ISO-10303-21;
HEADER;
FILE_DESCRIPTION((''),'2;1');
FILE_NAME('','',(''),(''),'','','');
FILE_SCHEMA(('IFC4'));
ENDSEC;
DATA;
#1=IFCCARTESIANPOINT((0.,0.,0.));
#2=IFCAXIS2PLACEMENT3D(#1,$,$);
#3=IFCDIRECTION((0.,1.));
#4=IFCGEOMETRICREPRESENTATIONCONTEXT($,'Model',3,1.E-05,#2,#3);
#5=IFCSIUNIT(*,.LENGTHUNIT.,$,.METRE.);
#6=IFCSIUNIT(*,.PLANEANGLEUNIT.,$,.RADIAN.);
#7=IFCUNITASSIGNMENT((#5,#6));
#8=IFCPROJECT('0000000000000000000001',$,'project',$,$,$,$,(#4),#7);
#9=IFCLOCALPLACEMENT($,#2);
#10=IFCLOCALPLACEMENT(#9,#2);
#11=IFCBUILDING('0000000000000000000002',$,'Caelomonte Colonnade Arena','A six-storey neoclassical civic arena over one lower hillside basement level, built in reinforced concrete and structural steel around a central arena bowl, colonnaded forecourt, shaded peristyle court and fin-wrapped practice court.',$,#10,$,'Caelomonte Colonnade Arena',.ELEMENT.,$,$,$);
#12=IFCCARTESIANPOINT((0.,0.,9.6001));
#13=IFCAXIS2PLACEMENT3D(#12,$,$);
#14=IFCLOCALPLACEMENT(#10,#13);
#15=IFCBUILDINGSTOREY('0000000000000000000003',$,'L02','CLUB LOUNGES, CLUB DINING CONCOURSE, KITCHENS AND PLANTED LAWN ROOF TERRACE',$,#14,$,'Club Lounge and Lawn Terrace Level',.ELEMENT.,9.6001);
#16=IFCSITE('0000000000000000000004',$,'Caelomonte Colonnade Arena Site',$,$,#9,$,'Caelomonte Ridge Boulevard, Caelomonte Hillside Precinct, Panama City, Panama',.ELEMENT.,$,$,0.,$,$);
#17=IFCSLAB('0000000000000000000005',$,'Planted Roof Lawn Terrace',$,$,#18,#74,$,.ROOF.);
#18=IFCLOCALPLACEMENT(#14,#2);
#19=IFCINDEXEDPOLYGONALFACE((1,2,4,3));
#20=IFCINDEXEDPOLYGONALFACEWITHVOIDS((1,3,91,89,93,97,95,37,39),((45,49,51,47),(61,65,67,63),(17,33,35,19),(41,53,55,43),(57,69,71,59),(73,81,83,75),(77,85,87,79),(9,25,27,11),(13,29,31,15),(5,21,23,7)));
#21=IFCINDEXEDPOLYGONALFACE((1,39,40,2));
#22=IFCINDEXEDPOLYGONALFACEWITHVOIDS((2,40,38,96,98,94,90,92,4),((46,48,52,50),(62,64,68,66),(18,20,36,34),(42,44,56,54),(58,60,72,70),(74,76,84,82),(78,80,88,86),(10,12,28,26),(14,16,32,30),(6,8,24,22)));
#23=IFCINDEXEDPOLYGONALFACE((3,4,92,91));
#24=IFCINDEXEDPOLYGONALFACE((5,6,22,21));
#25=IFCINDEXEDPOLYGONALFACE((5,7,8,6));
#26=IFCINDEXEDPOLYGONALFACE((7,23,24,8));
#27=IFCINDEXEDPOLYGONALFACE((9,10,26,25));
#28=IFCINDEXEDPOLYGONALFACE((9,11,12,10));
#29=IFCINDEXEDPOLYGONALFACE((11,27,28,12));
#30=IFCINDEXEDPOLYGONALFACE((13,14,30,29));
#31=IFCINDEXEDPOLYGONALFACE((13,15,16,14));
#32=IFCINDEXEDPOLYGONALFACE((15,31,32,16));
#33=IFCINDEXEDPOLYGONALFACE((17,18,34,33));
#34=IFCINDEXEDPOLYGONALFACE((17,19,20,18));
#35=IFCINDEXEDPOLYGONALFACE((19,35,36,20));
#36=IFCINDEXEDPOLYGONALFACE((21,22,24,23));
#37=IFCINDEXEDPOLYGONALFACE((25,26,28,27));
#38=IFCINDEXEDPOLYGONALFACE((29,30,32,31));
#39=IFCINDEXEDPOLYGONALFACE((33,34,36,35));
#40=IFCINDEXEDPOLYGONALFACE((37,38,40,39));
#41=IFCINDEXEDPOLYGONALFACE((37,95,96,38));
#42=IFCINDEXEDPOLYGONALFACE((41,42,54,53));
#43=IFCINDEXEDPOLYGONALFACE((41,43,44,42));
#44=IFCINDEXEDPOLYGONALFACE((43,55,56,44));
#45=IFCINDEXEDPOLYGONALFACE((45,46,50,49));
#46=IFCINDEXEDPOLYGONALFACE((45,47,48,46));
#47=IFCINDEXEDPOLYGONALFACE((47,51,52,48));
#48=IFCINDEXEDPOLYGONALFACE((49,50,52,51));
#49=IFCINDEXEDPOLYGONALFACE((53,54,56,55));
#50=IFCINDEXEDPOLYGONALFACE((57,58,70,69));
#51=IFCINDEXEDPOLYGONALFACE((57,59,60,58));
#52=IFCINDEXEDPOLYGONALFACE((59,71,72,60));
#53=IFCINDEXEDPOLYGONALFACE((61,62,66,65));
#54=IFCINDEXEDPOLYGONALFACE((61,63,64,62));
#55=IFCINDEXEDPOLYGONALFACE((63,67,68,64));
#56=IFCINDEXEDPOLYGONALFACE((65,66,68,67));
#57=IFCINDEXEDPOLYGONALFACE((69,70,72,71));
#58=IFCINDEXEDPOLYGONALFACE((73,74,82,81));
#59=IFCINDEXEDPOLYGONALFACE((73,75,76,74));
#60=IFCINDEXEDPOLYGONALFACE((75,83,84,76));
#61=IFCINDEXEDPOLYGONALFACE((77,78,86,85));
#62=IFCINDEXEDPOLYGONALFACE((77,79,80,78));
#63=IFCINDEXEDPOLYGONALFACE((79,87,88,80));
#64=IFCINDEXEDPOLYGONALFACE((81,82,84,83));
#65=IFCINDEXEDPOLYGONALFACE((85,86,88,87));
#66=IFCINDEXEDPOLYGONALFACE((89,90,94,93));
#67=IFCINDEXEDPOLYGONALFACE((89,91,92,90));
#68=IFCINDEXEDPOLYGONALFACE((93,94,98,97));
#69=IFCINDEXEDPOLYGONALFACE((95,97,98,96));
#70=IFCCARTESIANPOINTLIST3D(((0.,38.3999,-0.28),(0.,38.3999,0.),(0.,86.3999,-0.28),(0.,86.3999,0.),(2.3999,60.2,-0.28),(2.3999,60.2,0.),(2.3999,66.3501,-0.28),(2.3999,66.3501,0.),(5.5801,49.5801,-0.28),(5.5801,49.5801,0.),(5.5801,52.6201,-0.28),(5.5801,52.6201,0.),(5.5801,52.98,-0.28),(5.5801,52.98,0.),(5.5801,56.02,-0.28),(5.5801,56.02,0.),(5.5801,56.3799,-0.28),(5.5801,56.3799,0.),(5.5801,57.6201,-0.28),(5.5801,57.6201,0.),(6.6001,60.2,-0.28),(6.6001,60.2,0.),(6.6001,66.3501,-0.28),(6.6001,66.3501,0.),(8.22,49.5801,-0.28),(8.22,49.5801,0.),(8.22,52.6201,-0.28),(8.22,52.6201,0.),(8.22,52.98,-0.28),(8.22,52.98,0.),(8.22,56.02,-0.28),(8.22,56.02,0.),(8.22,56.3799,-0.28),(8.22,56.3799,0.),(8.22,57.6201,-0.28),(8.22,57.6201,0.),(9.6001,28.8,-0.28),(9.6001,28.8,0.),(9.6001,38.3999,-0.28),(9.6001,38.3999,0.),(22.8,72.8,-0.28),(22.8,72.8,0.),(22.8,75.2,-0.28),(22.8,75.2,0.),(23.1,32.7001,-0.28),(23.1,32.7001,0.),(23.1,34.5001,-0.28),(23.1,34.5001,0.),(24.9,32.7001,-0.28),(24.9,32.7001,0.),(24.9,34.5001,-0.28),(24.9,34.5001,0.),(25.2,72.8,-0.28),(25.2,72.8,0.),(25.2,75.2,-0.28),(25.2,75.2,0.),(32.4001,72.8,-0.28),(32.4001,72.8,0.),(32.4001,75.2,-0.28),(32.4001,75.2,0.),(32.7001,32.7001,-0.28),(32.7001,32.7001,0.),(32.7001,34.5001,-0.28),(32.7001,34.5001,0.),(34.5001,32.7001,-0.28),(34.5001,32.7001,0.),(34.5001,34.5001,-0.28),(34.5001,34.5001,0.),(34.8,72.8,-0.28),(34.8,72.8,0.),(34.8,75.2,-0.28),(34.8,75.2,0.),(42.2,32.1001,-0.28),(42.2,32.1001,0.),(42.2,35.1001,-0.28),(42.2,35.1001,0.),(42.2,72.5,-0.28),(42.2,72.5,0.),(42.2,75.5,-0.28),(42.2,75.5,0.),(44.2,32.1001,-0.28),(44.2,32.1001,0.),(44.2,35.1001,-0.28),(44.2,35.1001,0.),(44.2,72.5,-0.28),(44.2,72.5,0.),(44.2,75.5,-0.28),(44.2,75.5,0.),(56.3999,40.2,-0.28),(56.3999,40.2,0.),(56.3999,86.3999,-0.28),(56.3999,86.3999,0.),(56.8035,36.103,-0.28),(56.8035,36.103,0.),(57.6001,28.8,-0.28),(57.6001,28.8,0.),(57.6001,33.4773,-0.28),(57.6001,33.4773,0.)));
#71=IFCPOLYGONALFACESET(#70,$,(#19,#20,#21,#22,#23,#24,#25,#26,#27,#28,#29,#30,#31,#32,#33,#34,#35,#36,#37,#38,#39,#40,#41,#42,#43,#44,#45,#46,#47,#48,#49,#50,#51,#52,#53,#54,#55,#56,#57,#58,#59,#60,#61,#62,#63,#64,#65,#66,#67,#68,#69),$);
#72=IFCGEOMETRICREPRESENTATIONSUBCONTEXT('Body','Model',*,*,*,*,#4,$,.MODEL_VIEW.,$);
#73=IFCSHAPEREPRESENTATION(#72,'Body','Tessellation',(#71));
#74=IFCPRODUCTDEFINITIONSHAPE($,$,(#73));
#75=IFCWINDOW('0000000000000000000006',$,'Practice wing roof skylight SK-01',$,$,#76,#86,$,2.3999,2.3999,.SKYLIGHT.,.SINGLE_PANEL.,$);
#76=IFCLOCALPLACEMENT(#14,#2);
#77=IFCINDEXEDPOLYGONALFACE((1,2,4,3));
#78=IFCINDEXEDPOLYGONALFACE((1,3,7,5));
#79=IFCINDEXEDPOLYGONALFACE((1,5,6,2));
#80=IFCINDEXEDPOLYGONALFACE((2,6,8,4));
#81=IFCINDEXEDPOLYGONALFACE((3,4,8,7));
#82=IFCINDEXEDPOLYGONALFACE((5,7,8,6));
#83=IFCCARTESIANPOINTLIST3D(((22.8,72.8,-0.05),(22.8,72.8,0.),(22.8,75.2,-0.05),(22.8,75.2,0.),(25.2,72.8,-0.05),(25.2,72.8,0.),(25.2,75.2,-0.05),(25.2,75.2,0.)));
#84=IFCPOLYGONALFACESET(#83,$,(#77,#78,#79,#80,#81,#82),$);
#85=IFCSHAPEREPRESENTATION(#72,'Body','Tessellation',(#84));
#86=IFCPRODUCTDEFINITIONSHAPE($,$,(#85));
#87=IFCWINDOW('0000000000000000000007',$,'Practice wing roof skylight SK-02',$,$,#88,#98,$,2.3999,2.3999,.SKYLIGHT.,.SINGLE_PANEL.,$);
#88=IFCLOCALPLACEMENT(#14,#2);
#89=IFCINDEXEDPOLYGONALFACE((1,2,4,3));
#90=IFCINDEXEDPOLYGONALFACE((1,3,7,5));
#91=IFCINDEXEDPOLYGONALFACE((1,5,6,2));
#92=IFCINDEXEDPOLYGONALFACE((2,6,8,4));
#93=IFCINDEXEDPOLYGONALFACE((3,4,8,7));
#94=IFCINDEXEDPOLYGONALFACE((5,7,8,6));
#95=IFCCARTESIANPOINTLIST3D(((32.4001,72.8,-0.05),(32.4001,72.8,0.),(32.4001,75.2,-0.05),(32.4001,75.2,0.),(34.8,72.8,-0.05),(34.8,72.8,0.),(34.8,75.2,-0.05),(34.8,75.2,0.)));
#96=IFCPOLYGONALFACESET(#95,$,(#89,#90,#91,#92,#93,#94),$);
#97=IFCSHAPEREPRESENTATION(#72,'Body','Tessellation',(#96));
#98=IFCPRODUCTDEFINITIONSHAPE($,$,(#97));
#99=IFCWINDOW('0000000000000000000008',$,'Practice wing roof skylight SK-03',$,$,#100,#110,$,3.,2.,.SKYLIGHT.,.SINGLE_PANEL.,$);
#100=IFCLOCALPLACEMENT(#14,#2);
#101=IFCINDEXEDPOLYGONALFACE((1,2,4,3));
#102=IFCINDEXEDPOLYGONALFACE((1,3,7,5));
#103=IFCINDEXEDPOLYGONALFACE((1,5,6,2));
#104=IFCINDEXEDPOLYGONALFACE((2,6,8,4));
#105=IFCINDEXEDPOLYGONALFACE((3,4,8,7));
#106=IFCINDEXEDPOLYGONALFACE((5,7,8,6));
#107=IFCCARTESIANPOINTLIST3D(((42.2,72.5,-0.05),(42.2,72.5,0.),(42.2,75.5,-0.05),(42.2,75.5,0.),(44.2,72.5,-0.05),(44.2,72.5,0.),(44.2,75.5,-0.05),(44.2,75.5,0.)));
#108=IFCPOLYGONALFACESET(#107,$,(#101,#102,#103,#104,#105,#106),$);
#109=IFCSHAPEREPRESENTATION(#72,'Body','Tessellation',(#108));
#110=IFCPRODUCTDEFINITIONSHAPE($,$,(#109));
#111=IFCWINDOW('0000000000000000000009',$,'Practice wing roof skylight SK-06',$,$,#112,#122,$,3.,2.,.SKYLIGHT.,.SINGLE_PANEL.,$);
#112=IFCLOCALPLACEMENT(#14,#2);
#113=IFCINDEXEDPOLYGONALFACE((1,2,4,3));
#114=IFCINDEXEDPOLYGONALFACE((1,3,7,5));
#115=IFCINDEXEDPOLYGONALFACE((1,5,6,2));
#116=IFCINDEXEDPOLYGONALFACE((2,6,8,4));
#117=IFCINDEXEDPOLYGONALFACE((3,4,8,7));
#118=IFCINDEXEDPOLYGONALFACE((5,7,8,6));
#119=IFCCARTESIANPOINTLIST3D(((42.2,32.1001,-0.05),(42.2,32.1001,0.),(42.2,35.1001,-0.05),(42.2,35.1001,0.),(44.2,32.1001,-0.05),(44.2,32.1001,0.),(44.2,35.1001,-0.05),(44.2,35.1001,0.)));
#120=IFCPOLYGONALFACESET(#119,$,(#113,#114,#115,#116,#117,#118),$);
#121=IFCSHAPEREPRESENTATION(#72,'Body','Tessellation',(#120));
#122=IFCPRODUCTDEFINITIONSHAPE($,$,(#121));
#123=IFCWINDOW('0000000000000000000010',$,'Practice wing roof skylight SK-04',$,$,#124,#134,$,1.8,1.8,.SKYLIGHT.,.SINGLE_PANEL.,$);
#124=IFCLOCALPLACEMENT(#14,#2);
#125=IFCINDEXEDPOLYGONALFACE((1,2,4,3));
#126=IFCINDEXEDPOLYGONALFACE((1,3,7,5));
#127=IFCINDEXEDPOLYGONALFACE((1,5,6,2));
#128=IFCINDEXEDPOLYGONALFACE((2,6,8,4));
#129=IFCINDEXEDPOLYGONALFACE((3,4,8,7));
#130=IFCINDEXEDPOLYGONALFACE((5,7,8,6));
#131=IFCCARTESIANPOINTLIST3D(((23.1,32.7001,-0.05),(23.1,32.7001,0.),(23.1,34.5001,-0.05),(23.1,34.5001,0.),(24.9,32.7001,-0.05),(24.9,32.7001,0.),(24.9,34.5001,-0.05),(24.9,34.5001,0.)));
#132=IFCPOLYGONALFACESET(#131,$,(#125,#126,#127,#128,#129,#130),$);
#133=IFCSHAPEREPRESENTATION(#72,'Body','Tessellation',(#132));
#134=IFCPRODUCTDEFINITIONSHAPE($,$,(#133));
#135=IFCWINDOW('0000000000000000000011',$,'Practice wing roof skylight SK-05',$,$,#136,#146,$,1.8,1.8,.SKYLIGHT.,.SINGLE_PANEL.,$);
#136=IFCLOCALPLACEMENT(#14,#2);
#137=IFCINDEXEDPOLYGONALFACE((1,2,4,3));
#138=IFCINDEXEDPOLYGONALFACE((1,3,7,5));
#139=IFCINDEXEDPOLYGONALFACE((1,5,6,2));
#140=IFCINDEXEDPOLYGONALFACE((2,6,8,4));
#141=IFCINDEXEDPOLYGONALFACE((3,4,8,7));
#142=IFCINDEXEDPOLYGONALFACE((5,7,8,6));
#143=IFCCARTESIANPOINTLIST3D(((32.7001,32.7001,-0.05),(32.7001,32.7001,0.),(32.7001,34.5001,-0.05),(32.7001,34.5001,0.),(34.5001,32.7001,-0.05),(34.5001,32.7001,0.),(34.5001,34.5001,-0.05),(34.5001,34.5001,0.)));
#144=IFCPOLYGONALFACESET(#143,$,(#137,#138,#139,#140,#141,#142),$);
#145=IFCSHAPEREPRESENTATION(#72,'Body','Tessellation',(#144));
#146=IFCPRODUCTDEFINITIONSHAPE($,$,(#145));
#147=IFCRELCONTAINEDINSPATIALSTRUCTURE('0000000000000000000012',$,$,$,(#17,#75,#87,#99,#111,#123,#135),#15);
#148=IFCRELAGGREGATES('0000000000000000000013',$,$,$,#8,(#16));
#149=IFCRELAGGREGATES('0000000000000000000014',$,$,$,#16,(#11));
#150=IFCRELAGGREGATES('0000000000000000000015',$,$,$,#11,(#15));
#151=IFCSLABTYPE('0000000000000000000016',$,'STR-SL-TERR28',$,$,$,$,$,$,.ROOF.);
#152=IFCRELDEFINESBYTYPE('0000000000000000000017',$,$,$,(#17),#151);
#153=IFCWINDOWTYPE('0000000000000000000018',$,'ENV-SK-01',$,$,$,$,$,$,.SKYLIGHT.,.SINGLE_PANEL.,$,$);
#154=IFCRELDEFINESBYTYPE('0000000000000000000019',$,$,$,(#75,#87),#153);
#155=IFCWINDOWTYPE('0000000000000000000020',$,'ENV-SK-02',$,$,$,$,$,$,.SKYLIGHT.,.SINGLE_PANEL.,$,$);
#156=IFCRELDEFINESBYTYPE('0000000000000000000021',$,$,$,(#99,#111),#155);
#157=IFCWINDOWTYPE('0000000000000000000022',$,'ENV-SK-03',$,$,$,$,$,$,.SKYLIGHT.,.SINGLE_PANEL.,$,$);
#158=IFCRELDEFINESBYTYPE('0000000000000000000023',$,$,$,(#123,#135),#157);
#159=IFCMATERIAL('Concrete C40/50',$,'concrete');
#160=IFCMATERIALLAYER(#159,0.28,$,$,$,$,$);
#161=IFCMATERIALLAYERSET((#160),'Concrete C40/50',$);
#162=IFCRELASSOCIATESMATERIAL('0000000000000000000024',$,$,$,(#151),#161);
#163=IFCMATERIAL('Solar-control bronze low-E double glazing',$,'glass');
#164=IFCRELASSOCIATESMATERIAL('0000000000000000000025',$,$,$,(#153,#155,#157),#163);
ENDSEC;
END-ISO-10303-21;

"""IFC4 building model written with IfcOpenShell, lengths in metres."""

from ifc_helpers import new_model, si_unit, direction, frame, origin, origin_2d, place, context, subcontext, project, spatial, polyline, rectangle, outline, extrude, material, layer, layer_set, type_object, element, fill, save


model = new_model("IFC4")

# Units and contexts
model_context = context("Model", 3, precision=1e-05, world=origin(), true_north=direction((0.0, 1.0)))
body_context = subcontext(model_context, "Body", "Model", "MODEL_VIEW")
ifc_project = project(units=[si_unit("LENGTHUNIT", "METRE"), si_unit("PLANEANGLEUNIT", "RADIAN")], contexts=[model_context])

# Site, building, storey
site_placement = place(None, origin())
site = spatial("IfcSite", under=ifc_project, at=site_placement, Name="Caelomonte Colonnade Arena Site", LongName="Caelomonte Ridge Boulevard, Caelomonte Hillside Precinct, Panama City, Panama", CompositionType="ELEMENT", RefElevation=0.0)
building_placement = place(site_placement, origin())
building = spatial("IfcBuilding", under=site, at=building_placement, Name="Caelomonte Colonnade Arena", Description="A six-storey neoclassical civic arena over one lower hillside basement level, built in reinforced concrete and structural steel around a central arena bowl, colonnaded forecourt, shaded peristyle court and fin-wrapped practice court.", LongName="Caelomonte Colonnade Arena", CompositionType="ELEMENT")
storey_placement = place(building_placement, frame((0.0, 0.0, 9.6001)))
storey = spatial("IfcBuildingStorey", under=building, at=storey_placement, Name="L02", Description="CLUB LOUNGES, CLUB DINING CONCOURSE, KITCHENS AND PLANTED LAWN ROOF TERRACE", LongName="Club Lounge and Lawn Terrace Level", CompositionType="ELEMENT", Elevation=9.6001)

# Shared definitions
ifc_material_1 = material(Name="Concrete C40/50", Category="concrete")

# Slab, openings, windows
ifc_layer_1 = layer(ifc_material_1, 0.28)
ifc_layer_set_1 = layer_set([ifc_layer_1], Name="Concrete C40/50")
slab_type_1 = type_object("IfcSlabType", Name="STR-SL-TERR28", PredefinedType="ROOF", material=ifc_layer_set_1)
slab_1_placement = place(storey_placement, frame((0.0, 0.0, -0.28)))
slab_1 = element("IfcSlab", 1, at=slab_1_placement, inside=storey, type_object=slab_type_1, Name="Planted Roof Lawn Terrace", PredefinedType="ROOF", context=body_context, shape_type="SweptSolid", body=[
    extrude(outline(polyline([(56.3999, 86.3999), (0.0, 86.3999), (0.0, 38.3999), (9.6001, 38.3999), (9.6001, 28.8), (57.6001, 28.8), (57.6001, 33.4773), (56.8035, 36.103), (56.3999, 40.2), (56.3999, 86.3999)]), holes=[polyline([(5.5801, 49.5801), (5.5801, 52.6201), (8.22, 52.6201), (8.22, 49.5801), (5.5801, 49.5801)]), polyline([(5.5801, 52.98), (5.5801, 56.02), (8.22, 56.02), (8.22, 52.98), (5.5801, 52.98)]), polyline([(5.5801, 57.6201), (8.22, 57.6201), (8.22, 56.3799), (5.5801, 56.3799), (5.5801, 57.6201)]), polyline([(2.3999, 60.2), (2.3999, 66.3501), (6.6001, 66.3501), (6.6001, 60.2), (2.3999, 60.2)])]), origin(), (0.0, 0.0, 1.0), 0.28),
])
opening_1_placement = place(slab_1_placement, frame((24.0, 74.0, 0.0)))
opening_1 = element("IfcOpeningElement", 2, at=opening_1_placement, cuts=slab_1, PredefinedType="OPENING", context=body_context, shape_type="SweptSolid", body=[
    extrude(rectangle(XDim=2.3999, YDim=2.3999, at=origin_2d()), frame((0.0, 0.0, -0.01)), (0.0, 0.0, 1.0), 0.3),
])
opening_2_placement = place(slab_1_placement, frame((33.6001, 74.0, 0.0)))
opening_2 = element("IfcOpeningElement", 3, at=opening_2_placement, cuts=slab_1, PredefinedType="OPENING", context=body_context, shape_type="SweptSolid", body=[
    extrude(rectangle(XDim=2.3999, YDim=2.3999, at=origin_2d()), frame((0.0, 0.0, -0.01)), (0.0, 0.0, 1.0), 0.3),
])
opening_3_placement = place(slab_1_placement, frame((43.2, 74.0, 0.0)))
opening_3 = element("IfcOpeningElement", 4, at=opening_3_placement, cuts=slab_1, PredefinedType="OPENING", context=body_context, shape_type="SweptSolid", body=[
    extrude(rectangle(XDim=2.0, YDim=3.0, at=origin_2d()), frame((0.0, 0.0, -0.01)), (0.0, 0.0, 1.0), 0.3),
])
opening_4_placement = place(slab_1_placement, frame((24.0, 33.6001, 0.0)))
opening_4 = element("IfcOpeningElement", 5, at=opening_4_placement, cuts=slab_1, PredefinedType="OPENING", context=body_context, shape_type="SweptSolid", body=[
    extrude(rectangle(XDim=1.8, YDim=1.8, at=origin_2d()), frame((0.0, 0.0, -0.01)), (0.0, 0.0, 1.0), 0.3),
])
opening_5_placement = place(slab_1_placement, frame((33.6001, 33.6001, 0.0)))
opening_5 = element("IfcOpeningElement", 6, at=opening_5_placement, cuts=slab_1, PredefinedType="OPENING", context=body_context, shape_type="SweptSolid", body=[
    extrude(rectangle(XDim=1.8, YDim=1.8, at=origin_2d()), frame((0.0, 0.0, -0.01)), (0.0, 0.0, 1.0), 0.3),
])
opening_6_placement = place(slab_1_placement, frame((43.2, 33.6001, 0.0)))
opening_6 = element("IfcOpeningElement", 7, at=opening_6_placement, cuts=slab_1, PredefinedType="OPENING", context=body_context, shape_type="SweptSolid", body=[
    extrude(rectangle(XDim=2.0, YDim=3.0, at=origin_2d()), frame((0.0, 0.0, -0.01)), (0.0, 0.0, 1.0), 0.3),
])
ifc_material_2 = material(Name="Solar-control bronze low-E double glazing", Category="glass")
window_type_1 = type_object("IfcWindowType", Name="ENV-SK-01", PartitioningType="SINGLE_PANEL", PredefinedType="SKYLIGHT", material=ifc_material_2)
window_1_placement = place(opening_1_placement, frame((0.0, 0.0, 0.23)))
window_1 = element("IfcWindow", 8, at=window_1_placement, inside=storey, type_object=window_type_1, Name="Practice wing roof skylight SK-01", OverallHeight=2.3999, OverallWidth=2.3999, PartitioningType="SINGLE_PANEL", PredefinedType="SKYLIGHT", context=body_context, shape_type="SweptSolid", body=[
    extrude(rectangle(XDim=2.3999, YDim=2.3999, at=origin_2d()), origin(), (0.0, 0.0, 1.0), 0.05),
])
fill(opening_1, window_1)
window_2_placement = place(opening_2_placement, frame((0.0, 0.0, 0.23)))
window_2 = element("IfcWindow", 9, at=window_2_placement, inside=storey, type_object=window_type_1, Name="Practice wing roof skylight SK-02", OverallHeight=2.3999, OverallWidth=2.3999, PartitioningType="SINGLE_PANEL", PredefinedType="SKYLIGHT", context=body_context, shape_type="SweptSolid", body=[
    extrude(rectangle(XDim=2.3999, YDim=2.3999, at=origin_2d()), origin(), (0.0, 0.0, 1.0), 0.05),
])
fill(opening_2, window_2)
window_type_2 = type_object("IfcWindowType", Name="ENV-SK-02", PartitioningType="SINGLE_PANEL", PredefinedType="SKYLIGHT", material=ifc_material_2)
window_3_placement = place(opening_3_placement, frame((0.0, 0.0, 0.23)))
window_3 = element("IfcWindow", 10, at=window_3_placement, inside=storey, type_object=window_type_2, Name="Practice wing roof skylight SK-03", OverallHeight=3.0, OverallWidth=2.0, PartitioningType="SINGLE_PANEL", PredefinedType="SKYLIGHT", context=body_context, shape_type="SweptSolid", body=[
    extrude(rectangle(XDim=2.0, YDim=3.0, at=origin_2d()), origin(), (0.0, 0.0, 1.0), 0.05),
])
fill(opening_3, window_3)
window_4_placement = place(opening_6_placement, frame((0.0, 0.0, 0.23)))
window_4 = element("IfcWindow", 11, at=window_4_placement, inside=storey, type_object=window_type_2, Name="Practice wing roof skylight SK-06", OverallHeight=3.0, OverallWidth=2.0, PartitioningType="SINGLE_PANEL", PredefinedType="SKYLIGHT", context=body_context, shape_type="SweptSolid", body=[
    extrude(rectangle(XDim=2.0, YDim=3.0, at=origin_2d()), origin(), (0.0, 0.0, 1.0), 0.05),
])
fill(opening_6, window_4)
window_type_3 = type_object("IfcWindowType", Name="ENV-SK-03", PartitioningType="SINGLE_PANEL", PredefinedType="SKYLIGHT", material=ifc_material_2)
window_5_placement = place(opening_4_placement, frame((0.0, 0.0, 0.23)))
window_5 = element("IfcWindow", 12, at=window_5_placement, inside=storey, type_object=window_type_3, Name="Practice wing roof skylight SK-04", OverallHeight=1.8, OverallWidth=1.8, PartitioningType="SINGLE_PANEL", PredefinedType="SKYLIGHT", context=body_context, shape_type="SweptSolid", body=[
    extrude(rectangle(XDim=1.8, YDim=1.8, at=origin_2d()), origin(), (0.0, 0.0, 1.0), 0.05),
])
fill(opening_4, window_5)
window_6_placement = place(opening_5_placement, frame((0.0, 0.0, 0.23)))
window_6 = element("IfcWindow", 13, at=window_6_placement, inside=storey, type_object=window_type_3, Name="Practice wing roof skylight SK-05", OverallHeight=1.8, OverallWidth=1.8, PartitioningType="SINGLE_PANEL", PredefinedType="SKYLIGHT", context=body_context, shape_type="SweptSolid", body=[
    extrude(rectangle(XDim=1.8, YDim=1.8, at=origin_2d()), origin(), (0.0, 0.0, 1.0), 0.05),
])
fill(opening_5, window_6)

save(model, "model.ifc")
